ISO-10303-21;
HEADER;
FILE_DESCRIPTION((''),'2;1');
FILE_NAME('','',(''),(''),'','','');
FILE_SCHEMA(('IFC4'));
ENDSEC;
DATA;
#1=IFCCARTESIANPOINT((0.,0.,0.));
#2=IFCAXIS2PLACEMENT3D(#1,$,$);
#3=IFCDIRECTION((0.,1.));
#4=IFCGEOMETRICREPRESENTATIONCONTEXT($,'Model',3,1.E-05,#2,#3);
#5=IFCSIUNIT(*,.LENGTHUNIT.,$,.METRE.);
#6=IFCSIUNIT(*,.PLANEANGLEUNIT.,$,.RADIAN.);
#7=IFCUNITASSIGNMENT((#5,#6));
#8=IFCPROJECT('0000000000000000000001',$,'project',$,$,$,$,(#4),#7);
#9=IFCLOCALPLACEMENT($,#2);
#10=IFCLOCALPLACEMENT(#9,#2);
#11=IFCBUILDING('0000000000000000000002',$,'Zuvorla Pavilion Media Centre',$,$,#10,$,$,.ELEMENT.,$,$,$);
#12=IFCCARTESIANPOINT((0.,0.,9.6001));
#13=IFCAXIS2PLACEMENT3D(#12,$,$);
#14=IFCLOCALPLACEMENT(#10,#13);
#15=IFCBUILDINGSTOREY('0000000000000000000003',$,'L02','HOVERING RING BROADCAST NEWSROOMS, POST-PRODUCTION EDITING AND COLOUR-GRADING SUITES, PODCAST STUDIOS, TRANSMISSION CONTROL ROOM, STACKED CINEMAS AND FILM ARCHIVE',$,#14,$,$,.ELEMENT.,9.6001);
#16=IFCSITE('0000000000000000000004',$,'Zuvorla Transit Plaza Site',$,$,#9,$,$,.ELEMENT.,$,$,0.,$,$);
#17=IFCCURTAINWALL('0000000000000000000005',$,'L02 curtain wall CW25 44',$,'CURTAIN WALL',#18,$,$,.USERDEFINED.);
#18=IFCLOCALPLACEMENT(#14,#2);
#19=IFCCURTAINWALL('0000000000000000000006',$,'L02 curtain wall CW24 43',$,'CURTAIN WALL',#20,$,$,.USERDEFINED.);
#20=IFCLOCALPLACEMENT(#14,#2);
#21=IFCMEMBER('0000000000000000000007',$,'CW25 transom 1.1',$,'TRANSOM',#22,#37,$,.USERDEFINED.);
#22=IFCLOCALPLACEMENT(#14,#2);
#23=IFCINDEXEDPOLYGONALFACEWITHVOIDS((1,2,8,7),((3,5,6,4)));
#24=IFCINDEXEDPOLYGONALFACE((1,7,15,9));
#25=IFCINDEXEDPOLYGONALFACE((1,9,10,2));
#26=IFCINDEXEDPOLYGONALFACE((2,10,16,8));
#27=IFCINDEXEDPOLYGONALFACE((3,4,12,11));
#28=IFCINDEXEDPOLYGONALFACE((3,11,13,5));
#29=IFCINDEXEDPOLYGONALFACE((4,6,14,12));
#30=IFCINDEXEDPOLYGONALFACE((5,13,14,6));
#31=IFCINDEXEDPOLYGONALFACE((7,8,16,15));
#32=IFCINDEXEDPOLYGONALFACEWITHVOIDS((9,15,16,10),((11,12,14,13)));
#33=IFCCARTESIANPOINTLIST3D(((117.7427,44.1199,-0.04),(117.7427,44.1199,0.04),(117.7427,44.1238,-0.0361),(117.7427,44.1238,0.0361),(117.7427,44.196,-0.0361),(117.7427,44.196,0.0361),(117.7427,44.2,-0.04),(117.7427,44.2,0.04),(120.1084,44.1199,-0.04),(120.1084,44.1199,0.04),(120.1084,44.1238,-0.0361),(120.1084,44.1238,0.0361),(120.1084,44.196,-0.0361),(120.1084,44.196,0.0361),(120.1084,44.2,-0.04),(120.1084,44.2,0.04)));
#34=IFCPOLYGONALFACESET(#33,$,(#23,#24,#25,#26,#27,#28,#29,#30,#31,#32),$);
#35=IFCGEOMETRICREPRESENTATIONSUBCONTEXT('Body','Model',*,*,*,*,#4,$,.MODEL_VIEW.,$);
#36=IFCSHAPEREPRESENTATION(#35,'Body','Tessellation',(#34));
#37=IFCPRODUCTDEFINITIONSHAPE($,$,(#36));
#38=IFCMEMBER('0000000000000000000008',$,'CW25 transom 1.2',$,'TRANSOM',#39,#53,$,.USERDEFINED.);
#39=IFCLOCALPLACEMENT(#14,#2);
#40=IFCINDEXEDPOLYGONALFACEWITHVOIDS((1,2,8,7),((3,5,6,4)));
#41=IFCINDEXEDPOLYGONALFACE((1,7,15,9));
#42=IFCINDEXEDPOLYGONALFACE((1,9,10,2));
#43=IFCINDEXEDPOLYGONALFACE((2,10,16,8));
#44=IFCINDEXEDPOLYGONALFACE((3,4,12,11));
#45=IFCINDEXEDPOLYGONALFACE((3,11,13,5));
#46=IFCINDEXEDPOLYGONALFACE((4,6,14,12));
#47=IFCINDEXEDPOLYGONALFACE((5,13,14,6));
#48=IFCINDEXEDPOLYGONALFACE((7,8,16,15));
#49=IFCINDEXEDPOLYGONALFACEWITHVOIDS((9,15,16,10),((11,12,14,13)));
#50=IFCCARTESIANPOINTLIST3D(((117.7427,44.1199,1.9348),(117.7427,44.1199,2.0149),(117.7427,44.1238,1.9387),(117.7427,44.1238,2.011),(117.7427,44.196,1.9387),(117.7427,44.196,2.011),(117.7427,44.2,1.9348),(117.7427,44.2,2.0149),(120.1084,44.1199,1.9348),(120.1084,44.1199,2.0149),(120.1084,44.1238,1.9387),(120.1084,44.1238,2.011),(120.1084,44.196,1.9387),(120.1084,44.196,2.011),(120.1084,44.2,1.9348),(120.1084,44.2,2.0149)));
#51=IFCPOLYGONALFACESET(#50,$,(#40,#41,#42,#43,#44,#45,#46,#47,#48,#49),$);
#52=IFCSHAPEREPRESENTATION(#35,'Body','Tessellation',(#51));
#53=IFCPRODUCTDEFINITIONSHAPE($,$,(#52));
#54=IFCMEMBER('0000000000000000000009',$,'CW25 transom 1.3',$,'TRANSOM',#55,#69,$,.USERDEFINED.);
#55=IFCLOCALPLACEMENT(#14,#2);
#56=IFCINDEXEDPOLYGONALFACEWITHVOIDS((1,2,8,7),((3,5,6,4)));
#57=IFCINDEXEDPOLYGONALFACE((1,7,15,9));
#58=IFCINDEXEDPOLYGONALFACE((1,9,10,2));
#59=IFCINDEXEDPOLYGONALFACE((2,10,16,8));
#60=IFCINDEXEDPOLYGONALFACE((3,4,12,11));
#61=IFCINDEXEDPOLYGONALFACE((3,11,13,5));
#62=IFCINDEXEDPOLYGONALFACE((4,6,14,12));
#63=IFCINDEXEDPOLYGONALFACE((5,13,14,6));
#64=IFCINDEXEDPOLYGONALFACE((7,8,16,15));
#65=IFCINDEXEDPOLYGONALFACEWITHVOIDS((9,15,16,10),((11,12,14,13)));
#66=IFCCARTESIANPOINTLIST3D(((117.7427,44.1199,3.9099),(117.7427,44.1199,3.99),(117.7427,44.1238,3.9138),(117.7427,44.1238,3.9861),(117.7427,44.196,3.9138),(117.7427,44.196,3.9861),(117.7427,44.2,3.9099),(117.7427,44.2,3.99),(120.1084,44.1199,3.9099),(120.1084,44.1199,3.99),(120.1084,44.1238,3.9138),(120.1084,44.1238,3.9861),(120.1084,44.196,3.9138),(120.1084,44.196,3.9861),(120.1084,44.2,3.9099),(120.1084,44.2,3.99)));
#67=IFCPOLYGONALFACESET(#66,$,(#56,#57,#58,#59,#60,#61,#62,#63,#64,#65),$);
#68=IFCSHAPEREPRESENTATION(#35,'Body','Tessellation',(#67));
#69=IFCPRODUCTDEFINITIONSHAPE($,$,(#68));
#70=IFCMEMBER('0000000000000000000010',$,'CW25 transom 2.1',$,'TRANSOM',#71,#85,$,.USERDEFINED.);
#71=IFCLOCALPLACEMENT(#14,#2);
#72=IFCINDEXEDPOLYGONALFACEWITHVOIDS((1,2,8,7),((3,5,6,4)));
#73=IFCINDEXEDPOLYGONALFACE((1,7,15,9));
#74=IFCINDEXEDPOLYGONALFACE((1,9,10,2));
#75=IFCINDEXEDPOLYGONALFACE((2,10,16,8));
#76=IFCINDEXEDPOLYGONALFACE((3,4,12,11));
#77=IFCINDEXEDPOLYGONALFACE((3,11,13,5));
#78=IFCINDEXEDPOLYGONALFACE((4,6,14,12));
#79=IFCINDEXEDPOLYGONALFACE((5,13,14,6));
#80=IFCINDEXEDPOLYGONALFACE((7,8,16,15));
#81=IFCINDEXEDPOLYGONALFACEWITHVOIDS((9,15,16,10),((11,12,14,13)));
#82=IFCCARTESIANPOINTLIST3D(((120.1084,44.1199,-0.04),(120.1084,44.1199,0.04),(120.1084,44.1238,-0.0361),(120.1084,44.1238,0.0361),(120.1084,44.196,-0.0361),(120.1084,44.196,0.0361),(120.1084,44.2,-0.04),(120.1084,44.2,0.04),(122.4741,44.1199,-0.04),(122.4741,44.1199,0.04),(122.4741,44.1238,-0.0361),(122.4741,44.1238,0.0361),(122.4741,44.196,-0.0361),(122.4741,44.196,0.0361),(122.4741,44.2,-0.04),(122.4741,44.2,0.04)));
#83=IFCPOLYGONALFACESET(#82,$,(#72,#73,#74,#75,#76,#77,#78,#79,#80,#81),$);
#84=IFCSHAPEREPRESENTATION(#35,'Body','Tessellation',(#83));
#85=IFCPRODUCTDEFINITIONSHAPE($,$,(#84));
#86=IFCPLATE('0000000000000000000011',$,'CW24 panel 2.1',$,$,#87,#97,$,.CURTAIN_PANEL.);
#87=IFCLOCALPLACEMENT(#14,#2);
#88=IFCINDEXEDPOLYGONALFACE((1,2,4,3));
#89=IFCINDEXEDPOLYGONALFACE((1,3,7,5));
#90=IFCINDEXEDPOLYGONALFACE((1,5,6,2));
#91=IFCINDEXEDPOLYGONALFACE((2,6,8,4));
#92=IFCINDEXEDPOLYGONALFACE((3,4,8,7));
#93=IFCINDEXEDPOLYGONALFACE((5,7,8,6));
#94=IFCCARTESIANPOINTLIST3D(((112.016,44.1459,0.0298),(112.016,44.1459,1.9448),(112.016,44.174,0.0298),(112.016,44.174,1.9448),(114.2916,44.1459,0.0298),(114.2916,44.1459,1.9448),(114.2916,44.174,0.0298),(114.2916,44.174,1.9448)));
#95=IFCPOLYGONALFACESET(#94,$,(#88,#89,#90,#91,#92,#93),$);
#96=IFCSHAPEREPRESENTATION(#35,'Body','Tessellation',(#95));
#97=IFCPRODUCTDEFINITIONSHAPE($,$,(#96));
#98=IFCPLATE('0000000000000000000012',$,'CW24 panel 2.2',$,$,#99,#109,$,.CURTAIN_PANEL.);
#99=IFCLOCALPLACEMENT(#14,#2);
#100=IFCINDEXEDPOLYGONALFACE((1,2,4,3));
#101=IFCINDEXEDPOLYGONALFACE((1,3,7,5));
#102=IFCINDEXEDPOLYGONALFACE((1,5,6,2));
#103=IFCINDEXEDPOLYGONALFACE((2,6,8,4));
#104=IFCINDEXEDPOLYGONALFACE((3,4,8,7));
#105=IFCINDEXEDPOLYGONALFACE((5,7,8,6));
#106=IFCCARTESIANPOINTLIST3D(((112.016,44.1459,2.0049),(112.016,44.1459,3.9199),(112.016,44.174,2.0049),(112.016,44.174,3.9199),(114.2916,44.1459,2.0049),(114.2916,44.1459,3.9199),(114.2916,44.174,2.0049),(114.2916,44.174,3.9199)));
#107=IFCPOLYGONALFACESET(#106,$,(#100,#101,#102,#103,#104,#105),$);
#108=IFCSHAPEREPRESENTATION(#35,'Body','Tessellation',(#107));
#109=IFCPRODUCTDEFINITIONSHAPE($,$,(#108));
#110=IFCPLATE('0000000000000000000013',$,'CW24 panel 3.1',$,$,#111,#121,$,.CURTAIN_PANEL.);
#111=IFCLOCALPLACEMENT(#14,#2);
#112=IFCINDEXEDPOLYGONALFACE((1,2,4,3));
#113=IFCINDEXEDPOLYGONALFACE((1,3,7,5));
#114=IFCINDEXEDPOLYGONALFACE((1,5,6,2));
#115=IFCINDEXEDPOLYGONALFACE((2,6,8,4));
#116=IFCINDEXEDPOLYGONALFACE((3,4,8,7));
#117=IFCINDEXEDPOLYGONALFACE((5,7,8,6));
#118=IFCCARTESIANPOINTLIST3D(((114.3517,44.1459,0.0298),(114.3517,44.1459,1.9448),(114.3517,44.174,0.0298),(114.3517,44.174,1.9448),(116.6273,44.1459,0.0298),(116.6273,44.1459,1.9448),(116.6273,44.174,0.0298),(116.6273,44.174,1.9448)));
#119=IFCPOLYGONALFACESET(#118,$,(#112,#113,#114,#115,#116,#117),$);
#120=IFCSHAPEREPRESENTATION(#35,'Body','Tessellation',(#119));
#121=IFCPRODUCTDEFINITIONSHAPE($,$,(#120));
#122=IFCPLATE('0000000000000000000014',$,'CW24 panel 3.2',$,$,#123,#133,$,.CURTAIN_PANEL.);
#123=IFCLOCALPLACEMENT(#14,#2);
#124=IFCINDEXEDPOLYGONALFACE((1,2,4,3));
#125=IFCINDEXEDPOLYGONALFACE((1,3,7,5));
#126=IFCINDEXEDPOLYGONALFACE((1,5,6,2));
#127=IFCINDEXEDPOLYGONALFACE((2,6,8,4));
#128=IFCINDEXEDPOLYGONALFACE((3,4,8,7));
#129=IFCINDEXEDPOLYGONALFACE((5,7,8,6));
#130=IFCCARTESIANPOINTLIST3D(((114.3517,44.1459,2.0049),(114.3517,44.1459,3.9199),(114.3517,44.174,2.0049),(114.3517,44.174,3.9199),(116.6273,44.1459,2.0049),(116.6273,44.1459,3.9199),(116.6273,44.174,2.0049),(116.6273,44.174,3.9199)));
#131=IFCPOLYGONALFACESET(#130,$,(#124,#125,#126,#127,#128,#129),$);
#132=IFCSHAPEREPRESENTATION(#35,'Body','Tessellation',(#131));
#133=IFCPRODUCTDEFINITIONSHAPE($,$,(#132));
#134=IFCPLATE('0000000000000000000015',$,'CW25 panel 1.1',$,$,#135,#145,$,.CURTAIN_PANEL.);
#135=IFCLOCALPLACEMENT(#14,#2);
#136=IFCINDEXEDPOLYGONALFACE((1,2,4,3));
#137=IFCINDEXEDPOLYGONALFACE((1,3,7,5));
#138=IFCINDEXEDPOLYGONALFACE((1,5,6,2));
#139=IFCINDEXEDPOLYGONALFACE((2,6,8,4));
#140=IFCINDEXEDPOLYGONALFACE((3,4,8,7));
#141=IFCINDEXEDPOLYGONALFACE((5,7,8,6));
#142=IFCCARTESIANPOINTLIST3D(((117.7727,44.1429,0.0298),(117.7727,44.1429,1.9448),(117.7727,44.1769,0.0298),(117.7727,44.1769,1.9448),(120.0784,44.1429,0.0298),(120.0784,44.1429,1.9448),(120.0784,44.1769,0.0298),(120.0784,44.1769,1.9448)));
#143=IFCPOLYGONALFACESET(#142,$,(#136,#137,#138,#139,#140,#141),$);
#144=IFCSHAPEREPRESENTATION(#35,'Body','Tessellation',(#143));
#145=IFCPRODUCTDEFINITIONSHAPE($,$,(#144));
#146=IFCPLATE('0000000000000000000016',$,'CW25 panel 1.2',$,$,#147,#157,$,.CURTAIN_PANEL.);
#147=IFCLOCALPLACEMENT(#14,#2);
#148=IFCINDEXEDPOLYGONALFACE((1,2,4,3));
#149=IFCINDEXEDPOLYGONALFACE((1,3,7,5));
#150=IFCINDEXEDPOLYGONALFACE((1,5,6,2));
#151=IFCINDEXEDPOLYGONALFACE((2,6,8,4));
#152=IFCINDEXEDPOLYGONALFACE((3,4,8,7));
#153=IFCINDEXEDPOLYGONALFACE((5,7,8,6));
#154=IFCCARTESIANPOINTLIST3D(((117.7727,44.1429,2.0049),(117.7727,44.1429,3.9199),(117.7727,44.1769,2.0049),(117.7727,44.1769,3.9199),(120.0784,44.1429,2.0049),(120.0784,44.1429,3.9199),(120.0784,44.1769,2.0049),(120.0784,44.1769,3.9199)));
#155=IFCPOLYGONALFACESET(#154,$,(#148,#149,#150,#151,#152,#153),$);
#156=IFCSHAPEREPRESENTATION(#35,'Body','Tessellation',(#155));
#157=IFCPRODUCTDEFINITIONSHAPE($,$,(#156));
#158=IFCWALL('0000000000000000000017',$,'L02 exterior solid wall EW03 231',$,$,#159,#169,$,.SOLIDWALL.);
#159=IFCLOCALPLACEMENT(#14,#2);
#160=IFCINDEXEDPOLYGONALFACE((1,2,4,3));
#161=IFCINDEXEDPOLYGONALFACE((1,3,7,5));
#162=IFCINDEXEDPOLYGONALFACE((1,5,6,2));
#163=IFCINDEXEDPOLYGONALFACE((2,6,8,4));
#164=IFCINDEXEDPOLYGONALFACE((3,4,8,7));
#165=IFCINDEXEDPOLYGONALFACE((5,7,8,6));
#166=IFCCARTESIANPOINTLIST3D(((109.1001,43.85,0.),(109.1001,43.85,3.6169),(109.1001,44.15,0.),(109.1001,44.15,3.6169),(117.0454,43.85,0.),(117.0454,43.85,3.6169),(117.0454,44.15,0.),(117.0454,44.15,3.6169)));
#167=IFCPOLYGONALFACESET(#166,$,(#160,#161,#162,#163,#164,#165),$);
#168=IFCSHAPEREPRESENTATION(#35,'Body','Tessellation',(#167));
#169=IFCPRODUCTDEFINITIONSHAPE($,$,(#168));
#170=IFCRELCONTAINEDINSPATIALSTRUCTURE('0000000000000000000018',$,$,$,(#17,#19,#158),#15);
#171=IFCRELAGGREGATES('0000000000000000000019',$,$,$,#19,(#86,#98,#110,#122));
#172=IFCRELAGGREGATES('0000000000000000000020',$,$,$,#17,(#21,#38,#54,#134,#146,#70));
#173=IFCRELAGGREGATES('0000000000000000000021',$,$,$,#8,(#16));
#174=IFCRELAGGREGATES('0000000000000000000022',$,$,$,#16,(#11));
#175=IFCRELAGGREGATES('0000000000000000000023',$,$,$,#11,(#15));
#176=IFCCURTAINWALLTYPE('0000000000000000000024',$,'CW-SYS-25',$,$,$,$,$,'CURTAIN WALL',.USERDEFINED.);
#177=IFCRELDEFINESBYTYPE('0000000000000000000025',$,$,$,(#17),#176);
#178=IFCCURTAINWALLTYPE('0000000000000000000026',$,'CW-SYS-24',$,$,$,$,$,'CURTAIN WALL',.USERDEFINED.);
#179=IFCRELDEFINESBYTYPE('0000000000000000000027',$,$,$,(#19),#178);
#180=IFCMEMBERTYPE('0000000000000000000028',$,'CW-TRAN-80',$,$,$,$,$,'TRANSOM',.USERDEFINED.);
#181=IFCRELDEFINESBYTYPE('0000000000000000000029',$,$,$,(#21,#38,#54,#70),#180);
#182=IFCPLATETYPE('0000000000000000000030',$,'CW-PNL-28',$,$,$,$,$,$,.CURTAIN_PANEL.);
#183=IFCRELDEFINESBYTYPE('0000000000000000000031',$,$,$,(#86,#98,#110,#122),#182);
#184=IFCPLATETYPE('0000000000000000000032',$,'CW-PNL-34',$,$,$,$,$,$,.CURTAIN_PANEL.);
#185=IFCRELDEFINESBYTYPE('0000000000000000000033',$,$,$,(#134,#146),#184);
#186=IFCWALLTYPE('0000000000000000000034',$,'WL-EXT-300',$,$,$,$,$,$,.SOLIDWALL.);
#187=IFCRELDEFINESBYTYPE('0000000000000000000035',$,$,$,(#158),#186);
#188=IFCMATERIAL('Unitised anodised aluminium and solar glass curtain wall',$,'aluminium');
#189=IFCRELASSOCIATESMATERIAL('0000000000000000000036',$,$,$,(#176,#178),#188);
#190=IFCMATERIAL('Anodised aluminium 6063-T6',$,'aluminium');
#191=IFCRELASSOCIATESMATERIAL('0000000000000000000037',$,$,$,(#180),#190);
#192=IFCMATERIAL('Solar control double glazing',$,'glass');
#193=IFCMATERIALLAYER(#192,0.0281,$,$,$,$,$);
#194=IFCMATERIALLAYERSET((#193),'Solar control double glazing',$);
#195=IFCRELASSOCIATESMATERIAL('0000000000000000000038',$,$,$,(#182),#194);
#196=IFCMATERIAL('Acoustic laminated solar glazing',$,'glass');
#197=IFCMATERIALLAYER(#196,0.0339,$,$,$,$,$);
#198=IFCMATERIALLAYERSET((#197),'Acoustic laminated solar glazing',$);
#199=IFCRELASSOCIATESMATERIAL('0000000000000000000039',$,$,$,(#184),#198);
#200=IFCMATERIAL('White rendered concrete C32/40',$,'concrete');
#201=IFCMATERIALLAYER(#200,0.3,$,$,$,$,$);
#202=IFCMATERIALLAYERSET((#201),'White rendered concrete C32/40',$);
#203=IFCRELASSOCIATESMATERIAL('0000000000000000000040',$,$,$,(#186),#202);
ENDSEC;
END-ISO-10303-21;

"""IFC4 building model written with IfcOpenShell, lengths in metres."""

from ifc_helpers import new_model, si_unit, direction, frame, frame_2d, origin, origin_2d, place, context, subcontext, project, spatial, rectangle, hollow_rectangle, extrude, material, layer, layer_set, material_profile, profile_set, type_object, element, aggregate, save


model = new_model("IFC4")

# Units and contexts
model_context = context("Model", 3, precision=1e-05, world=origin(), true_north=direction((0.0, 1.0)))
body_context = subcontext(model_context, "Body", "Model", "MODEL_VIEW")
ifc_project = project(units=[si_unit("LENGTHUNIT", "METRE"), si_unit("PLANEANGLEUNIT", "RADIAN")], contexts=[model_context])

# Site, building, storey
site_placement = place(None, origin())
site = spatial("IfcSite", under=ifc_project, at=site_placement, Name="Zuvorla Transit Plaza Site", CompositionType="ELEMENT", RefElevation=0.0)
building_placement = place(site_placement, origin())
building = spatial("IfcBuilding", under=site, at=building_placement, Name="Zuvorla Pavilion Media Centre", CompositionType="ELEMENT")
storey_placement = place(building_placement, frame((0.0, 0.0, 9.6001)))
storey = spatial("IfcBuildingStorey", under=building, at=storey_placement, Name="L02", Description="HOVERING RING BROADCAST NEWSROOMS, POST-PRODUCTION EDITING AND COLOUR-GRADING SUITES, PODCAST STUDIOS, TRANSMISSION CONTROL ROOM, STACKED CINEMAS AND FILM ARCHIVE", CompositionType="ELEMENT", Elevation=9.6001)

# Curtain walls
ifc_material_1 = material(Name="Unitised anodised aluminium and solar glass curtain wall", Category="aluminium")
curtain_wall_type_1 = type_object("IfcCurtainWallType", Name="CW-SYS-25", ElementType="CURTAIN WALL", PredefinedType="USERDEFINED", material=ifc_material_1)
curtain_wall_1_placement = place(storey_placement, origin())
curtain_wall_1 = element("IfcCurtainWall", 1, at=curtain_wall_1_placement, inside=storey, type_object=curtain_wall_type_1, Name="L02 curtain wall CW25 44", ObjectType="CURTAIN WALL", PredefinedType="USERDEFINED")
ifc_material_2 = material(Name="Anodised aluminium 6063-T6", Category="aluminium")
curtain_wall_type_2 = type_object("IfcCurtainWallType", Name="CW-SYS-24", ElementType="CURTAIN WALL", PredefinedType="USERDEFINED", material=ifc_material_1)
curtain_wall_2_placement = place(storey_placement, origin())
curtain_wall_2 = element("IfcCurtainWall", 2, at=curtain_wall_2_placement, inside=storey, type_object=curtain_wall_type_2, Name="L02 curtain wall CW24 43", ObjectType="CURTAIN WALL", PredefinedType="USERDEFINED")

# Members
ifc_material_profile_1 = material_profile(ifc_material_2, hollow_rectangle(XDim=0.0801, YDim=0.0801, WallThickness=0.0039, at=origin_2d()), Name="ALU TRAN 80x80")
ifc_profile_set_1 = profile_set([ifc_material_profile_1], Name="Anodised aluminium 6063-T6")
member_type_1 = type_object("IfcMemberType", Name="CW-TRAN-80", ElementType="TRANSOM", PredefinedType="USERDEFINED", material=ifc_profile_set_1)
member_1_placement = place(storey_placement, frame((117.7427, 44.1599, 0.0), z_axis=(1.0, 0.0, 0.0), x_axis=(0.0, 1.0, 0.0)))
member_1 = element("IfcMember", 3, at=member_1_placement, type_object=member_type_1, Name="CW25 transom 1.1", ObjectType="TRANSOM", PredefinedType="USERDEFINED", context=body_context, shape_type="SweptSolid", body=[
    extrude(hollow_rectangle(XDim=0.0801, YDim=0.0801, WallThickness=0.0039, at=origin_2d()), origin(), (0.0, 0.0, 1.0), 2.3657),
])
member_2_placement = place(storey_placement, frame((117.7427, 44.1599, 1.9749), z_axis=(1.0, 0.0, 0.0), x_axis=(0.0, 1.0, 0.0)))
member_2 = element("IfcMember", 4, at=member_2_placement, type_object=member_type_1, Name="CW25 transom 1.2", ObjectType="TRANSOM", PredefinedType="USERDEFINED", context=body_context, shape_type="SweptSolid", body=[
    extrude(hollow_rectangle(XDim=0.0801, YDim=0.0801, WallThickness=0.0039, at=origin_2d()), origin(), (0.0, 0.0, 1.0), 2.3657),
])
member_3_placement = place(storey_placement, frame((117.7427, 44.1599, 3.95), z_axis=(1.0, 0.0, 0.0), x_axis=(0.0, 1.0, 0.0)))
member_3 = element("IfcMember", 5, at=member_3_placement, type_object=member_type_1, Name="CW25 transom 1.3", ObjectType="TRANSOM", PredefinedType="USERDEFINED", context=body_context, shape_type="SweptSolid", body=[
    extrude(hollow_rectangle(XDim=0.0801, YDim=0.0801, WallThickness=0.0039, at=origin_2d()), origin(), (0.0, 0.0, 1.0), 2.3657),
])
member_4_placement = place(storey_placement, frame((120.1084, 44.1599, 0.0), z_axis=(1.0, 0.0, 0.0), x_axis=(0.0, 1.0, 0.0)))
member_4 = element("IfcMember", 6, at=member_4_placement, type_object=member_type_1, Name="CW25 transom 2.1", ObjectType="TRANSOM", PredefinedType="USERDEFINED", context=body_context, shape_type="SweptSolid", body=[
    extrude(hollow_rectangle(XDim=0.0801, YDim=0.0801, WallThickness=0.0039, at=origin_2d()), origin(), (0.0, 0.0, 1.0), 2.3657),
])

# Plates
ifc_material_3 = material(Name="Solar control double glazing", Category="glass")
ifc_layer_1 = layer(ifc_material_3, 0.0281)
ifc_layer_set_1 = layer_set([ifc_layer_1], Name="Solar control double glazing")
plate_type_1 = type_object("IfcPlateType", Name="CW-PNL-28", PredefinedType="CURTAIN_PANEL", material=ifc_layer_set_1)
plate_1_placement = place(storey_placement, frame((113.1538, 44.1599, 0.0298), z_axis=(0.0, 0.0, 1.0), x_axis=(1.0, 0.0, 0.0)))
plate_1 = element("IfcPlate", 7, at=plate_1_placement, type_object=plate_type_1, Name="CW24 panel 2.1", PredefinedType="CURTAIN_PANEL", context=body_context, shape_type="SweptSolid", body=[
    extrude(rectangle(XDim=2.2756, YDim=0.0281, at=origin_2d()), origin(), (0.0, 0.0, 1.0), 1.915),
])
plate_2_placement = place(storey_placement, frame((113.1538, 44.1599, 2.0049), z_axis=(0.0, 0.0, 1.0), x_axis=(1.0, 0.0, 0.0)))
plate_2 = element("IfcPlate", 8, at=plate_2_placement, type_object=plate_type_1, Name="CW24 panel 2.2", PredefinedType="CURTAIN_PANEL", context=body_context, shape_type="SweptSolid", body=[
    extrude(rectangle(XDim=2.2756, YDim=0.0281, at=origin_2d()), origin(), (0.0, 0.0, 1.0), 1.915),
])
plate_3_placement = place(storey_placement, frame((115.4895, 44.1599, 0.0298), z_axis=(0.0, 0.0, 1.0), x_axis=(1.0, 0.0, 0.0)))
plate_3 = element("IfcPlate", 9, at=plate_3_placement, type_object=plate_type_1, Name="CW24 panel 3.1", PredefinedType="CURTAIN_PANEL", context=body_context, shape_type="SweptSolid", body=[
    extrude(rectangle(XDim=2.2756, YDim=0.0281, at=origin_2d()), origin(), (0.0, 0.0, 1.0), 1.915),
])
plate_4_placement = place(storey_placement, frame((115.4895, 44.1599, 2.0049), z_axis=(0.0, 0.0, 1.0), x_axis=(1.0, 0.0, 0.0)))
plate_4 = element("IfcPlate", 10, at=plate_4_placement, type_object=plate_type_1, Name="CW24 panel 3.2", PredefinedType="CURTAIN_PANEL", context=body_context, shape_type="SweptSolid", body=[
    extrude(rectangle(XDim=2.2756, YDim=0.0281, at=origin_2d()), origin(), (0.0, 0.0, 1.0), 1.915),
])
aggregate(curtain_wall_2, [plate_1, plate_2, plate_3, plate_4])
ifc_material_4 = material(Name="Acoustic laminated solar glazing", Category="glass")
ifc_layer_2 = layer(ifc_material_4, 0.0339)
ifc_layer_set_2 = layer_set([ifc_layer_2], Name="Acoustic laminated solar glazing")
plate_type_2 = type_object("IfcPlateType", Name="CW-PNL-34", PredefinedType="CURTAIN_PANEL", material=ifc_layer_set_2)
plate_5_placement = place(storey_placement, frame((118.9255, 44.1599, 0.0298), z_axis=(0.0, 0.0, 1.0), x_axis=(1.0, 0.0, 0.0)))
plate_5 = element("IfcPlate", 11, at=plate_5_placement, type_object=plate_type_2, Name="CW25 panel 1.1", PredefinedType="CURTAIN_PANEL", context=body_context, shape_type="SweptSolid", body=[
    extrude(rectangle(XDim=2.3057, YDim=0.0339, at=origin_2d()), origin(), (0.0, 0.0, 1.0), 1.915),
])
plate_6_placement = place(storey_placement, frame((118.9255, 44.1599, 2.0049), z_axis=(0.0, 0.0, 1.0), x_axis=(1.0, 0.0, 0.0)))
plate_6 = element("IfcPlate", 12, at=plate_6_placement, type_object=plate_type_2, Name="CW25 panel 1.2", PredefinedType="CURTAIN_PANEL", context=body_context, shape_type="SweptSolid", body=[
    extrude(rectangle(XDim=2.3057, YDim=0.0339, at=origin_2d()), origin(), (0.0, 0.0, 1.0), 1.915),
])
aggregate(curtain_wall_1, [member_1, member_2, member_3, plate_5, plate_6, member_4])

# Wall
ifc_material_5 = material(Name="White rendered concrete C32/40", Category="concrete")
ifc_layer_3 = layer(ifc_material_5, 0.3)
ifc_layer_set_3 = layer_set([ifc_layer_3], Name="White rendered concrete C32/40")
wall_type = type_object("IfcWallType", Name="WL-EXT-300", PredefinedType="SOLIDWALL", material=ifc_layer_set_3)
wall_placement = place(storey_placement, frame((117.0454, 44.0, 0.0), z_axis=(0.0, 0.0, 1.0), x_axis=(-1.0, 0.0, 0.0)))
element("IfcWall", 13, at=wall_placement, inside=storey, type_object=wall_type, Name="L02 exterior solid wall EW03 231", PredefinedType="SOLIDWALL", context=body_context, shape_type="SweptSolid", body=[
    extrude(rectangle(XDim=7.9453, YDim=0.3, at=frame_2d((3.9727, 0.0))), origin(), (0.0, 0.0, 1.0), 3.6169),
])

save(model, "model.ifc")
